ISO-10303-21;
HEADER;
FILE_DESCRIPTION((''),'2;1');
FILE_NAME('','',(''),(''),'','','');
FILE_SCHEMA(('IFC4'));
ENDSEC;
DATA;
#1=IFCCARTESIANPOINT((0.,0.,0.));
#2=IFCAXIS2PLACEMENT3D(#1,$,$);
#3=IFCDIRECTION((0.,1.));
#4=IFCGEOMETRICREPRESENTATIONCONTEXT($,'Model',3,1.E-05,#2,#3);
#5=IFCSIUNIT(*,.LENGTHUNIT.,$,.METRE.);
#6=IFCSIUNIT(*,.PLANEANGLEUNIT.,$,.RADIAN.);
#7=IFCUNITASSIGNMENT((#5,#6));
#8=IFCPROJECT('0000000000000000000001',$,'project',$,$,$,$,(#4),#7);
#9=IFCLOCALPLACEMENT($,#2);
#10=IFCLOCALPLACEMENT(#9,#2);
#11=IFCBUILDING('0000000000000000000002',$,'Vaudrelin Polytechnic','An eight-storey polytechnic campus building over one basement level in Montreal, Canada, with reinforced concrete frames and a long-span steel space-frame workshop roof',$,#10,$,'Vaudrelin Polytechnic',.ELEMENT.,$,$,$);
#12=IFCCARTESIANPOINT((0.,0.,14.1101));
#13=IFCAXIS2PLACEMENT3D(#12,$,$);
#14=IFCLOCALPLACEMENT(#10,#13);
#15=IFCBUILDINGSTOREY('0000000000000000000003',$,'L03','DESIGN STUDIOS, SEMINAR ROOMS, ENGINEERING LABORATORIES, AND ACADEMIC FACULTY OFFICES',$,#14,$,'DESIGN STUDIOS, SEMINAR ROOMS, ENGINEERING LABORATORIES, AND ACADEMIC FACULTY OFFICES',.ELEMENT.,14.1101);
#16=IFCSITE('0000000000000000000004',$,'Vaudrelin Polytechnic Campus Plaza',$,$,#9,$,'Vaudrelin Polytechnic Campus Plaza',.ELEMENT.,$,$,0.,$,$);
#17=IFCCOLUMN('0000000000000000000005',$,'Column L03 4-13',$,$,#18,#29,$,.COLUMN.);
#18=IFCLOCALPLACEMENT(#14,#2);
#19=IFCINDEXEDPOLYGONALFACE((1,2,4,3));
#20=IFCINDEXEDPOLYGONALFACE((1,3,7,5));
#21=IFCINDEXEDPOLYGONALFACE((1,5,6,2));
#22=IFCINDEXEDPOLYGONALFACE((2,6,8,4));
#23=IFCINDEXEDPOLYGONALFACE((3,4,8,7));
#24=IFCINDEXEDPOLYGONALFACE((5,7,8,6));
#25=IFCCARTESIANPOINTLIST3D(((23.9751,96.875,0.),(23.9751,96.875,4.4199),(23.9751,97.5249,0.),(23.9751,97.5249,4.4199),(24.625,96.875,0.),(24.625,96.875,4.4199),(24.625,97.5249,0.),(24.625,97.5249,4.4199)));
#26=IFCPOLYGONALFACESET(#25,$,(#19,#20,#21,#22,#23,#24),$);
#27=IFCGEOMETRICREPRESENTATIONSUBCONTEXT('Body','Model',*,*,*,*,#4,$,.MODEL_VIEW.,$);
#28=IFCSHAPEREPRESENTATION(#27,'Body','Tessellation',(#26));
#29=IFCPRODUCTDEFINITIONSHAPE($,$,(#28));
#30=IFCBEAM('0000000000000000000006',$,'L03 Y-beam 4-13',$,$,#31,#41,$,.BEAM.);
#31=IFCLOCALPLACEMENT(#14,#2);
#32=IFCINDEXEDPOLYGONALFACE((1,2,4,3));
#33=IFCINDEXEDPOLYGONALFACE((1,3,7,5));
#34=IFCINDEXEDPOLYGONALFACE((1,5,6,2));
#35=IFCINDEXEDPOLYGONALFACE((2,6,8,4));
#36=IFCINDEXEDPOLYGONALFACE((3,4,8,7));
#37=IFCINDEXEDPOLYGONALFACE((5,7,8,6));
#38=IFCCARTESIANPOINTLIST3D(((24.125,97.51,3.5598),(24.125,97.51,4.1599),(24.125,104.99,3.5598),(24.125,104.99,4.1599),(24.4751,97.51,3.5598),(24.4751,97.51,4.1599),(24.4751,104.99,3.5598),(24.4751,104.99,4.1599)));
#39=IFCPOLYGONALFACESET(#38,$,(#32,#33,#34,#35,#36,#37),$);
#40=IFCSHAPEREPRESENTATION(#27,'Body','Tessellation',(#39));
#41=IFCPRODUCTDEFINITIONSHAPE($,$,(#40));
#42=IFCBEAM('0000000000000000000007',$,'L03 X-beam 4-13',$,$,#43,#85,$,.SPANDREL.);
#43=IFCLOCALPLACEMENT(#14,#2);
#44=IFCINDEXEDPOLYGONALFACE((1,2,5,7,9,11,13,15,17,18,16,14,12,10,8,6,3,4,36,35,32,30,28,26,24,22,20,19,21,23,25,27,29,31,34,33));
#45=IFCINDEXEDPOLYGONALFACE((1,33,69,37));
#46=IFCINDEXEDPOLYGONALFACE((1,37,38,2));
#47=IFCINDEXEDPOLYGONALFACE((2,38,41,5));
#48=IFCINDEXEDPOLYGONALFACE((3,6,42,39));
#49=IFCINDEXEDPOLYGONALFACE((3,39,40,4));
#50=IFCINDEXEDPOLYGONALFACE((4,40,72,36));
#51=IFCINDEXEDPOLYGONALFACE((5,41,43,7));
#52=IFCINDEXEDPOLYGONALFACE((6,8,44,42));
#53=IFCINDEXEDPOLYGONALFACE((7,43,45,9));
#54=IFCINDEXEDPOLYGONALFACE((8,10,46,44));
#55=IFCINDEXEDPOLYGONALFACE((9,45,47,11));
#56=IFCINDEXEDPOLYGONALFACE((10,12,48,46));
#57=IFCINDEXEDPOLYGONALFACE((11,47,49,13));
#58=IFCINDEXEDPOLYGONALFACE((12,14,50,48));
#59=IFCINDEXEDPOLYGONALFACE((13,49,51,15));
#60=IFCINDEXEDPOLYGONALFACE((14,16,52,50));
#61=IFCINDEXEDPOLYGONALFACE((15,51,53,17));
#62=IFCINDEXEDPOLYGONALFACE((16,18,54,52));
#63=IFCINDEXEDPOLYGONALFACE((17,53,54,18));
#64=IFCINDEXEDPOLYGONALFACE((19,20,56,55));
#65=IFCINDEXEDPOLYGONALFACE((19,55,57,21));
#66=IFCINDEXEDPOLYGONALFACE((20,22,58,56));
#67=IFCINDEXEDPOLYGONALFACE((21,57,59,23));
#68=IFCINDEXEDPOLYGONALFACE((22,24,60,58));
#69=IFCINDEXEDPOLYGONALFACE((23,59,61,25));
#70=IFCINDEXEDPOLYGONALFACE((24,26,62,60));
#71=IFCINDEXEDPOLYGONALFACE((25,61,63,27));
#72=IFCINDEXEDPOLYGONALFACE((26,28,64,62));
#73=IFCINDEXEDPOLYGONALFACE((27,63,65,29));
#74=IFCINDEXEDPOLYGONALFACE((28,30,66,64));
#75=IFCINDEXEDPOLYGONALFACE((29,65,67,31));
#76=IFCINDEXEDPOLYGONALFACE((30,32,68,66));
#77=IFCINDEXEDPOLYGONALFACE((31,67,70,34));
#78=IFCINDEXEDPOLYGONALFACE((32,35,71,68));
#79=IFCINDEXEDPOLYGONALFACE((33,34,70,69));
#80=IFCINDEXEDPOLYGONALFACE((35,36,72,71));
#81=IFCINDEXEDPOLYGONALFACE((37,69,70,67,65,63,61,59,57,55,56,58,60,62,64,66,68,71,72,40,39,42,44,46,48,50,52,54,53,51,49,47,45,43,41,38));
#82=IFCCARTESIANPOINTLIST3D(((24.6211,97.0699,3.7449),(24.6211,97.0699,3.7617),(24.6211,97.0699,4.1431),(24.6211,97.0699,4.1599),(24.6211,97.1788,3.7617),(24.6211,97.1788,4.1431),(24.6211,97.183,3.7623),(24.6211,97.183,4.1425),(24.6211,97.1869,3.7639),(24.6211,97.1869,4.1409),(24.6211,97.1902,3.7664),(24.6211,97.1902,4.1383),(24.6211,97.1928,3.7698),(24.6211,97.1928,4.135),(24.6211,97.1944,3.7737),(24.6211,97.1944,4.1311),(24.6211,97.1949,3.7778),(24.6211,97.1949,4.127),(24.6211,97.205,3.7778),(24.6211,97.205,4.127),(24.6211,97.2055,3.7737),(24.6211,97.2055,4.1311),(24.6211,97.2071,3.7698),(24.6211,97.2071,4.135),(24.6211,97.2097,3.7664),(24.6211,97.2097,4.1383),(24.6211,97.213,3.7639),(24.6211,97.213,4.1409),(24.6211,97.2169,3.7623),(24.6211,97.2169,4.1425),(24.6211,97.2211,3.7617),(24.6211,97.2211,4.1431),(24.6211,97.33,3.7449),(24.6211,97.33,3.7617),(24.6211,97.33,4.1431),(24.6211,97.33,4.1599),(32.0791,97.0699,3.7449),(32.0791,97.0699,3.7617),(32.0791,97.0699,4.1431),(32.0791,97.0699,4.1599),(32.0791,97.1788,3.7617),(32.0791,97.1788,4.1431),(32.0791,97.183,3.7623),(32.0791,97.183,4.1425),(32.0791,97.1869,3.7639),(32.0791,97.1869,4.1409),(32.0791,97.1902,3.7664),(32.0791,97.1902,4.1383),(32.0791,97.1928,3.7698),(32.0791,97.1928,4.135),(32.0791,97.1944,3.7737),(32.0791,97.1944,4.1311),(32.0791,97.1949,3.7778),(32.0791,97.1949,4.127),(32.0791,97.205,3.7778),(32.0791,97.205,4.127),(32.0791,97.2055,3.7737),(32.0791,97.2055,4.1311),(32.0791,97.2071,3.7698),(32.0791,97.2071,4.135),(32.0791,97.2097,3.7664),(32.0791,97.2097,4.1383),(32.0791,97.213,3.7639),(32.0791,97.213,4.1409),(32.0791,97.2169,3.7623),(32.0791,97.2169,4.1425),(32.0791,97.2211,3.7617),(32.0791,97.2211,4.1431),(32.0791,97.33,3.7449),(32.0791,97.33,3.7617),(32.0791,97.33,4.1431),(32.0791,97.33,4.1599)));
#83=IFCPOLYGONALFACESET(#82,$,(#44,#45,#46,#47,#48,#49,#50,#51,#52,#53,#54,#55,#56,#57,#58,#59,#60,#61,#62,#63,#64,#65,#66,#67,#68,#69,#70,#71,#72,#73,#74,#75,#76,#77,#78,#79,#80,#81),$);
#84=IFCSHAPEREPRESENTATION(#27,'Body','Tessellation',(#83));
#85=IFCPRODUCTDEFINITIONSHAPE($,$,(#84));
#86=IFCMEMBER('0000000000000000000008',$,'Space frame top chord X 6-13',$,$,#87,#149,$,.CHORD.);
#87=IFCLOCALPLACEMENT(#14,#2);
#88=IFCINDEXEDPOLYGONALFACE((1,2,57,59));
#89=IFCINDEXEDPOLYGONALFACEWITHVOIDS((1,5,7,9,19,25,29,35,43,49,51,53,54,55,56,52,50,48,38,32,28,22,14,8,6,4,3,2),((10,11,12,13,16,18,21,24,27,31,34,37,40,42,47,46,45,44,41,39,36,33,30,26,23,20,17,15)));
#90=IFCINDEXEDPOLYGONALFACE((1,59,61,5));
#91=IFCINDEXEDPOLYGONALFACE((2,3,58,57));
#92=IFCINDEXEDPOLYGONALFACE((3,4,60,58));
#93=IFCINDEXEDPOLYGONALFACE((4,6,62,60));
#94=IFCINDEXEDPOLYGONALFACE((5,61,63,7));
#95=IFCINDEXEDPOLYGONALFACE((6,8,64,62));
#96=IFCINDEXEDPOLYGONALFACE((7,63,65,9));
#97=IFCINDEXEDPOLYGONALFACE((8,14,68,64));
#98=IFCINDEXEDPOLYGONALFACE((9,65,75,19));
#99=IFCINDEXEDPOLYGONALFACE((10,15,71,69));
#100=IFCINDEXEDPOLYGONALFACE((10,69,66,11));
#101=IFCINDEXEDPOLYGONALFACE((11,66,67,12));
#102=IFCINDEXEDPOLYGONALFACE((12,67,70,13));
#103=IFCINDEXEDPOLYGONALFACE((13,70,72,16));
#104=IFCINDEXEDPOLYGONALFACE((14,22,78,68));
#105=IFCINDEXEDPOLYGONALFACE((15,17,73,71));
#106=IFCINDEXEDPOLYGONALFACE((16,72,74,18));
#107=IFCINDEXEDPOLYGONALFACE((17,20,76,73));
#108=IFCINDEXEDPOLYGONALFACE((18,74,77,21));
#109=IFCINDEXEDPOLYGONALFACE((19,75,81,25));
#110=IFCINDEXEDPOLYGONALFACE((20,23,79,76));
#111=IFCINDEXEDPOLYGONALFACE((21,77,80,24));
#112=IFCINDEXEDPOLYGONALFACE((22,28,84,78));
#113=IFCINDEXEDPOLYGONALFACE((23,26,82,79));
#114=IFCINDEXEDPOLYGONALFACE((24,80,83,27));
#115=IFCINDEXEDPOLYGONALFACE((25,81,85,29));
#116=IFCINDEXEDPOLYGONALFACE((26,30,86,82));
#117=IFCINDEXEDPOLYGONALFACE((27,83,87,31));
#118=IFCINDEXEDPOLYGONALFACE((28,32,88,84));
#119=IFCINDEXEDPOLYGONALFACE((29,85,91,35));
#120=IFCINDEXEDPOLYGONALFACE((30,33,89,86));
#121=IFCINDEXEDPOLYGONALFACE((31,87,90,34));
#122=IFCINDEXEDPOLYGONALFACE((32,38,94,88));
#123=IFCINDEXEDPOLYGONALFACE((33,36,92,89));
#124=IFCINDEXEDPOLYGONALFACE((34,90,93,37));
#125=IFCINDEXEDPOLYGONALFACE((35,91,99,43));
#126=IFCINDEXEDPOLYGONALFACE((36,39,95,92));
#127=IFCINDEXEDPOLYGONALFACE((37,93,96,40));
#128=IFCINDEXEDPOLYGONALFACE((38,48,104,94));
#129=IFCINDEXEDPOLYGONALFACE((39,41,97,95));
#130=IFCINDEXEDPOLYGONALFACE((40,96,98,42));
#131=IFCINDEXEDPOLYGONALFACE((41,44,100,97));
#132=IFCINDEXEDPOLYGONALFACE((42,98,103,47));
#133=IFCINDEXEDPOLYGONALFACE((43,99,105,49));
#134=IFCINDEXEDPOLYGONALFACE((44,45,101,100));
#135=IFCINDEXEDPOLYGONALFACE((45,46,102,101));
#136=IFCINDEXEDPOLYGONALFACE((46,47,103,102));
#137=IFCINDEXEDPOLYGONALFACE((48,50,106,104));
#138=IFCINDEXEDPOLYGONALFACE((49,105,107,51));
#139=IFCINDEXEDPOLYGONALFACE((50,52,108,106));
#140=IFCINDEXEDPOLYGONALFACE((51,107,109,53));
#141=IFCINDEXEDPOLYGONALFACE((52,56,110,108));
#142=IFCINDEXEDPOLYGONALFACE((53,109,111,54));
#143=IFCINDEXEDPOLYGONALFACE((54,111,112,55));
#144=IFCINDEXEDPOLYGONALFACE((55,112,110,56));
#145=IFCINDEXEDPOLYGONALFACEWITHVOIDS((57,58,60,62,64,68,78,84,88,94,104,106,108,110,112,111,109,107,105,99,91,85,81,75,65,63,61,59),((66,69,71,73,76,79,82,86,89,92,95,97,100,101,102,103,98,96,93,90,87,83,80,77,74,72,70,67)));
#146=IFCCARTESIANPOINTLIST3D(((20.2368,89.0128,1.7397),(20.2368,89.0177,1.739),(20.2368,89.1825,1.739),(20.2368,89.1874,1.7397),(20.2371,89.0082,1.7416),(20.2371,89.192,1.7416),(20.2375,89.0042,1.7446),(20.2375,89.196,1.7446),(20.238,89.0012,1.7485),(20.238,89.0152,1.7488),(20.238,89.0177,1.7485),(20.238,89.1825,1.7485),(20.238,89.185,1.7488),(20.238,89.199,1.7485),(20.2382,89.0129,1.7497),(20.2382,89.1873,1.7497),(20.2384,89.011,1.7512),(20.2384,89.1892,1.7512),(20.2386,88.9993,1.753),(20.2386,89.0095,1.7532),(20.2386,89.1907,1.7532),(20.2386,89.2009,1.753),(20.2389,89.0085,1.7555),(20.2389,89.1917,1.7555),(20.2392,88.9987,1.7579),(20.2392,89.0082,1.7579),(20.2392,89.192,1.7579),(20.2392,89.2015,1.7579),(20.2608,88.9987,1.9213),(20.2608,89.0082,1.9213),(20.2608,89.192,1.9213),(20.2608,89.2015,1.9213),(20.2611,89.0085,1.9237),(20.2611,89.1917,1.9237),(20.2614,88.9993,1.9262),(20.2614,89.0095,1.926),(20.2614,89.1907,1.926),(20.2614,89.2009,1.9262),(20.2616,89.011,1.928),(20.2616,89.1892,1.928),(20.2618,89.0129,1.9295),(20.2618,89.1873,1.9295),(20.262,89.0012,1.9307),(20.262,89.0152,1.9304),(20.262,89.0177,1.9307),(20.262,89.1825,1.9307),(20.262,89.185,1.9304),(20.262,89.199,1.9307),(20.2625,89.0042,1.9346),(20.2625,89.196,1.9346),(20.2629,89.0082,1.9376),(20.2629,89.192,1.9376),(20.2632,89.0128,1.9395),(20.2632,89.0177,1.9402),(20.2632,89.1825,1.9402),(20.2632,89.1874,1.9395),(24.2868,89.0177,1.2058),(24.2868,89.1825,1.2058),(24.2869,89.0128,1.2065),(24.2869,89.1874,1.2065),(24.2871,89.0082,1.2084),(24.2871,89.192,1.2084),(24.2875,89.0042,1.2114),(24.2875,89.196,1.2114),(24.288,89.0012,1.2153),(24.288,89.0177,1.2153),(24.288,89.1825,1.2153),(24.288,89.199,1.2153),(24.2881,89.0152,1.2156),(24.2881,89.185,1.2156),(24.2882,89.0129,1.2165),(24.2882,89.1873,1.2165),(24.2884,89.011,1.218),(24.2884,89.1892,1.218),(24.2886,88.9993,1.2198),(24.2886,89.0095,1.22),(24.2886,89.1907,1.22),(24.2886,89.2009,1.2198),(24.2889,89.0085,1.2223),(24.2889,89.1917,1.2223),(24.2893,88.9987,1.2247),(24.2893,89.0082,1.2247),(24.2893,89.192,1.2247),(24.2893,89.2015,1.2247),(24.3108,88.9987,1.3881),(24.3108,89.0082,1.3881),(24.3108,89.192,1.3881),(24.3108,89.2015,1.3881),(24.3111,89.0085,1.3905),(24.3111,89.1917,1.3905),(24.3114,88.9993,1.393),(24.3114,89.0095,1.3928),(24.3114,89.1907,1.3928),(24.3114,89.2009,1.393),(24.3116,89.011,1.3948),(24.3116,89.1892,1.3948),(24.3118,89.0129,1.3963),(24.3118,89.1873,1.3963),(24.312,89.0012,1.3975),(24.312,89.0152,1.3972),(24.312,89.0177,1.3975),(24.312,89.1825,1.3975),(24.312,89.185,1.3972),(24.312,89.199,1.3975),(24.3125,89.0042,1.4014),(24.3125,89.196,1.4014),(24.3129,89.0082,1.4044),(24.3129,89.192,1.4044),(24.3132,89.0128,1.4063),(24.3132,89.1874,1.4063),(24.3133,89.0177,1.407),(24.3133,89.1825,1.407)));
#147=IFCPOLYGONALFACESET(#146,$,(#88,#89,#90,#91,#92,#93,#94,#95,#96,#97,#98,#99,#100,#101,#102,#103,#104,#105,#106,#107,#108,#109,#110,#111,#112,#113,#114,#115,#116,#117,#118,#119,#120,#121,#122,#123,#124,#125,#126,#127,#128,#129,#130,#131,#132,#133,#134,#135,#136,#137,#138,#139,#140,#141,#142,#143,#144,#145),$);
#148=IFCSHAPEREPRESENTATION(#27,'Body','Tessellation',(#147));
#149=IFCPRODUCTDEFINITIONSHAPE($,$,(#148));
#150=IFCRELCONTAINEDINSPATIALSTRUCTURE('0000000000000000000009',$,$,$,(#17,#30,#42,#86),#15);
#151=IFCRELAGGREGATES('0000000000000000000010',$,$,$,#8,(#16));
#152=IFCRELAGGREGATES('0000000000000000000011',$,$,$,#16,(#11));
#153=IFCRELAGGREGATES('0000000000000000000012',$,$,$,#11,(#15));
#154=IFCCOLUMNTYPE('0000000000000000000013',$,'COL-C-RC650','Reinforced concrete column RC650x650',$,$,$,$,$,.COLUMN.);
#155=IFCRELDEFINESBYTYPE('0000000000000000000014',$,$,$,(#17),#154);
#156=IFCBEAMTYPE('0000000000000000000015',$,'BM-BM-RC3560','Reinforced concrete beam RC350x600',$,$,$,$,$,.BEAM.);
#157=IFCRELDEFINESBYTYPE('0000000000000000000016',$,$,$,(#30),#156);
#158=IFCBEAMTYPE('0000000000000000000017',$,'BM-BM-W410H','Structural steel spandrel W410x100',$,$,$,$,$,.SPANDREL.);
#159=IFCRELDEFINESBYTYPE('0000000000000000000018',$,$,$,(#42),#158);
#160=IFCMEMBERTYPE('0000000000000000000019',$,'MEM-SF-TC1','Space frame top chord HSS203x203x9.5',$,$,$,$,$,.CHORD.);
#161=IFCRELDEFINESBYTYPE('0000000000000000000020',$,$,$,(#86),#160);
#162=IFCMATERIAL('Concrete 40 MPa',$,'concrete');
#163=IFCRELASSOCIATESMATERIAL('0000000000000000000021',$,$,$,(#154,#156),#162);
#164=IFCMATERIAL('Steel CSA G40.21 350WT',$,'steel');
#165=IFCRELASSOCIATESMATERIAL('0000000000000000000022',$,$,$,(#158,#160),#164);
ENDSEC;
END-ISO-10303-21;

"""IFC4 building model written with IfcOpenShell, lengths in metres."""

from ifc_helpers import new_model, si_unit, direction, frame, origin, origin_2d, place, context, subcontext, project, spatial, rectangle, hollow_rectangle, i_section, extrude, material, material_profile, profile_set, type_object, element, save


model = new_model("IFC4")

# Units and contexts
model_context = context("Model", 3, precision=1e-05, world=origin(), true_north=direction((0.0, 1.0)))
body_context = subcontext(model_context, "Body", "Model", "MODEL_VIEW")
ifc_project = project(units=[si_unit("LENGTHUNIT", "METRE"), si_unit("PLANEANGLEUNIT", "RADIAN")], contexts=[model_context])

# Site, building, storey
site_placement = place(None, origin())
site = spatial("IfcSite", under=ifc_project, at=site_placement, Name="Vaudrelin Polytechnic Campus Plaza", LongName="Vaudrelin Polytechnic Campus Plaza", CompositionType="ELEMENT", RefElevation=0.0)
building_placement = place(site_placement, origin())
building = spatial("IfcBuilding", under=site, at=building_placement, Name="Vaudrelin Polytechnic", Description="An eight-storey polytechnic campus building over one basement level in Montreal, Canada, with reinforced concrete frames and a long-span steel space-frame workshop roof", LongName="Vaudrelin Polytechnic", CompositionType="ELEMENT")
storey_placement = place(building_placement, frame((0.0, 0.0, 14.1101)))
storey = spatial("IfcBuildingStorey", under=building, at=storey_placement, Name="L03", Description="DESIGN STUDIOS, SEMINAR ROOMS, ENGINEERING LABORATORIES, AND ACADEMIC FACULTY OFFICES", LongName="DESIGN STUDIOS, SEMINAR ROOMS, ENGINEERING LABORATORIES, AND ACADEMIC FACULTY OFFICES", CompositionType="ELEMENT", Elevation=14.1101)

# Column
ifc_material_1 = material(Name="Concrete 40 MPa", Category="concrete")
ifc_material_profile_1 = material_profile(ifc_material_1, rectangle(XDim=0.6499, YDim=0.6499, at=origin_2d()), Name="RC650x650")
ifc_profile_set_1 = profile_set([ifc_material_profile_1], Name="Concrete 40 MPa")
column_type = type_object("IfcColumnType", Name="COL-C-RC650", Description="Reinforced concrete column RC650x650", PredefinedType="COLUMN", material=ifc_profile_set_1)
column_placement = place(storey_placement, frame((24.3, 97.2, 0.0), z_axis=(0.0, 0.0, 1.0), x_axis=(1.0, 0.0, 0.0)))
element("IfcColumn", 1, at=column_placement, inside=storey, type_object=column_type, Name="Column L03 4-13", PredefinedType="COLUMN", context=body_context, shape_type="SweptSolid", body=[
    extrude(rectangle(XDim=0.6499, YDim=0.6499, at=origin_2d()), origin(), (0.0, 0.0, 1.0), 4.4199),
])

# Beams
ifc_material_profile_2 = material_profile(ifc_material_1, rectangle(XDim=0.3501, YDim=0.6001, at=origin_2d()), Name="RC350x600")
ifc_profile_set_2 = profile_set([ifc_material_profile_2], Name="Concrete 40 MPa")
beam_type_1 = type_object("IfcBeamType", Name="BM-BM-RC3560", Description="Reinforced concrete beam RC350x600", PredefinedType="BEAM", material=ifc_profile_set_2)
beam_1_placement = place(storey_placement, frame((24.3, 97.51, 3.8599), z_axis=(0.0, 1.0, 0.0), x_axis=(-1.0, 0.0, 0.0)))
element("IfcBeam", 2, at=beam_1_placement, inside=storey, type_object=beam_type_1, Name="L03 Y-beam 4-13", PredefinedType="BEAM", context=body_context, shape_type="SweptSolid", body=[
    extrude(rectangle(XDim=0.3501, YDim=0.6001, at=origin_2d()), origin(), (0.0, 0.0, 1.0), 7.48),
])
ifc_material_2 = material(Name="Steel CSA G40.21 350WT", Category="steel")
ifc_material_profile_3 = material_profile(ifc_material_2, i_section(OverallWidth=0.26, OverallDepth=0.415, WebThickness=0.01, FlangeThickness=0.0168, FilletRadius=0.0161, at=origin_2d()), Name="W410x100")
ifc_profile_set_3 = profile_set([ifc_material_profile_3], Name="Steel CSA G40.21 350WT")
beam_type_2 = type_object("IfcBeamType", Name="BM-BM-W410H", Description="Structural steel spandrel W410x100", PredefinedType="SPANDREL", material=ifc_profile_set_3)
beam_2_placement = place(storey_placement, frame((24.6211, 97.2, 3.9524), z_axis=(1.0, 0.0, 0.0), x_axis=(0.0, 1.0, 0.0)))
element("IfcBeam", 3, at=beam_2_placement, inside=storey, type_object=beam_type_2, Name="L03 X-beam 4-13", PredefinedType="SPANDREL", context=body_context, shape_type="SweptSolid", body=[
    extrude(i_section(OverallWidth=0.26, OverallDepth=0.415, WebThickness=0.01, FlangeThickness=0.0168, FilletRadius=0.0161, at=origin_2d()), origin(), (0.0, 0.0, 1.0), 7.458),
])

# Member
ifc_material_profile_4 = material_profile(ifc_material_2, hollow_rectangle(XDim=0.2029, YDim=0.2029, WallThickness=0.0095, InnerFilletRadius=0.0095, OuterFilletRadius=0.019, at=origin_2d()), Name="HSS203x203x9.5")
ifc_profile_set_4 = profile_set([ifc_material_profile_4], Name="Steel CSA G40.21 350WT")
member_type_1 = type_object("IfcMemberType", Name="MEM-SF-TC1", Description="Space frame top chord HSS203x203x9.5", PredefinedType="CHORD", material=ifc_profile_set_4)
for number, where, z_axis, x_axis, name in (
    (4, (20.25, 89.1001, 1.8396), (0.991445, 0.0, -0.130527), (0.0, 1.0, 0.0), "Space frame top chord X 6-13"),
):
    element("IfcMember", number, at=place(storey_placement, frame(where, z_axis=z_axis, x_axis=x_axis)), inside=storey, type_object=member_type_1, Name=name, PredefinedType="CHORD", context=body_context, shape_type="SweptSolid", body=[
        extrude(hollow_rectangle(XDim=0.2029, YDim=0.2029, WallThickness=0.0095, InnerFilletRadius=0.0095, OuterFilletRadius=0.019, at=origin_2d()), origin(), (0.0, 0.0, 1.0), 4.085),
    ])

save(model, "model.ifc")
